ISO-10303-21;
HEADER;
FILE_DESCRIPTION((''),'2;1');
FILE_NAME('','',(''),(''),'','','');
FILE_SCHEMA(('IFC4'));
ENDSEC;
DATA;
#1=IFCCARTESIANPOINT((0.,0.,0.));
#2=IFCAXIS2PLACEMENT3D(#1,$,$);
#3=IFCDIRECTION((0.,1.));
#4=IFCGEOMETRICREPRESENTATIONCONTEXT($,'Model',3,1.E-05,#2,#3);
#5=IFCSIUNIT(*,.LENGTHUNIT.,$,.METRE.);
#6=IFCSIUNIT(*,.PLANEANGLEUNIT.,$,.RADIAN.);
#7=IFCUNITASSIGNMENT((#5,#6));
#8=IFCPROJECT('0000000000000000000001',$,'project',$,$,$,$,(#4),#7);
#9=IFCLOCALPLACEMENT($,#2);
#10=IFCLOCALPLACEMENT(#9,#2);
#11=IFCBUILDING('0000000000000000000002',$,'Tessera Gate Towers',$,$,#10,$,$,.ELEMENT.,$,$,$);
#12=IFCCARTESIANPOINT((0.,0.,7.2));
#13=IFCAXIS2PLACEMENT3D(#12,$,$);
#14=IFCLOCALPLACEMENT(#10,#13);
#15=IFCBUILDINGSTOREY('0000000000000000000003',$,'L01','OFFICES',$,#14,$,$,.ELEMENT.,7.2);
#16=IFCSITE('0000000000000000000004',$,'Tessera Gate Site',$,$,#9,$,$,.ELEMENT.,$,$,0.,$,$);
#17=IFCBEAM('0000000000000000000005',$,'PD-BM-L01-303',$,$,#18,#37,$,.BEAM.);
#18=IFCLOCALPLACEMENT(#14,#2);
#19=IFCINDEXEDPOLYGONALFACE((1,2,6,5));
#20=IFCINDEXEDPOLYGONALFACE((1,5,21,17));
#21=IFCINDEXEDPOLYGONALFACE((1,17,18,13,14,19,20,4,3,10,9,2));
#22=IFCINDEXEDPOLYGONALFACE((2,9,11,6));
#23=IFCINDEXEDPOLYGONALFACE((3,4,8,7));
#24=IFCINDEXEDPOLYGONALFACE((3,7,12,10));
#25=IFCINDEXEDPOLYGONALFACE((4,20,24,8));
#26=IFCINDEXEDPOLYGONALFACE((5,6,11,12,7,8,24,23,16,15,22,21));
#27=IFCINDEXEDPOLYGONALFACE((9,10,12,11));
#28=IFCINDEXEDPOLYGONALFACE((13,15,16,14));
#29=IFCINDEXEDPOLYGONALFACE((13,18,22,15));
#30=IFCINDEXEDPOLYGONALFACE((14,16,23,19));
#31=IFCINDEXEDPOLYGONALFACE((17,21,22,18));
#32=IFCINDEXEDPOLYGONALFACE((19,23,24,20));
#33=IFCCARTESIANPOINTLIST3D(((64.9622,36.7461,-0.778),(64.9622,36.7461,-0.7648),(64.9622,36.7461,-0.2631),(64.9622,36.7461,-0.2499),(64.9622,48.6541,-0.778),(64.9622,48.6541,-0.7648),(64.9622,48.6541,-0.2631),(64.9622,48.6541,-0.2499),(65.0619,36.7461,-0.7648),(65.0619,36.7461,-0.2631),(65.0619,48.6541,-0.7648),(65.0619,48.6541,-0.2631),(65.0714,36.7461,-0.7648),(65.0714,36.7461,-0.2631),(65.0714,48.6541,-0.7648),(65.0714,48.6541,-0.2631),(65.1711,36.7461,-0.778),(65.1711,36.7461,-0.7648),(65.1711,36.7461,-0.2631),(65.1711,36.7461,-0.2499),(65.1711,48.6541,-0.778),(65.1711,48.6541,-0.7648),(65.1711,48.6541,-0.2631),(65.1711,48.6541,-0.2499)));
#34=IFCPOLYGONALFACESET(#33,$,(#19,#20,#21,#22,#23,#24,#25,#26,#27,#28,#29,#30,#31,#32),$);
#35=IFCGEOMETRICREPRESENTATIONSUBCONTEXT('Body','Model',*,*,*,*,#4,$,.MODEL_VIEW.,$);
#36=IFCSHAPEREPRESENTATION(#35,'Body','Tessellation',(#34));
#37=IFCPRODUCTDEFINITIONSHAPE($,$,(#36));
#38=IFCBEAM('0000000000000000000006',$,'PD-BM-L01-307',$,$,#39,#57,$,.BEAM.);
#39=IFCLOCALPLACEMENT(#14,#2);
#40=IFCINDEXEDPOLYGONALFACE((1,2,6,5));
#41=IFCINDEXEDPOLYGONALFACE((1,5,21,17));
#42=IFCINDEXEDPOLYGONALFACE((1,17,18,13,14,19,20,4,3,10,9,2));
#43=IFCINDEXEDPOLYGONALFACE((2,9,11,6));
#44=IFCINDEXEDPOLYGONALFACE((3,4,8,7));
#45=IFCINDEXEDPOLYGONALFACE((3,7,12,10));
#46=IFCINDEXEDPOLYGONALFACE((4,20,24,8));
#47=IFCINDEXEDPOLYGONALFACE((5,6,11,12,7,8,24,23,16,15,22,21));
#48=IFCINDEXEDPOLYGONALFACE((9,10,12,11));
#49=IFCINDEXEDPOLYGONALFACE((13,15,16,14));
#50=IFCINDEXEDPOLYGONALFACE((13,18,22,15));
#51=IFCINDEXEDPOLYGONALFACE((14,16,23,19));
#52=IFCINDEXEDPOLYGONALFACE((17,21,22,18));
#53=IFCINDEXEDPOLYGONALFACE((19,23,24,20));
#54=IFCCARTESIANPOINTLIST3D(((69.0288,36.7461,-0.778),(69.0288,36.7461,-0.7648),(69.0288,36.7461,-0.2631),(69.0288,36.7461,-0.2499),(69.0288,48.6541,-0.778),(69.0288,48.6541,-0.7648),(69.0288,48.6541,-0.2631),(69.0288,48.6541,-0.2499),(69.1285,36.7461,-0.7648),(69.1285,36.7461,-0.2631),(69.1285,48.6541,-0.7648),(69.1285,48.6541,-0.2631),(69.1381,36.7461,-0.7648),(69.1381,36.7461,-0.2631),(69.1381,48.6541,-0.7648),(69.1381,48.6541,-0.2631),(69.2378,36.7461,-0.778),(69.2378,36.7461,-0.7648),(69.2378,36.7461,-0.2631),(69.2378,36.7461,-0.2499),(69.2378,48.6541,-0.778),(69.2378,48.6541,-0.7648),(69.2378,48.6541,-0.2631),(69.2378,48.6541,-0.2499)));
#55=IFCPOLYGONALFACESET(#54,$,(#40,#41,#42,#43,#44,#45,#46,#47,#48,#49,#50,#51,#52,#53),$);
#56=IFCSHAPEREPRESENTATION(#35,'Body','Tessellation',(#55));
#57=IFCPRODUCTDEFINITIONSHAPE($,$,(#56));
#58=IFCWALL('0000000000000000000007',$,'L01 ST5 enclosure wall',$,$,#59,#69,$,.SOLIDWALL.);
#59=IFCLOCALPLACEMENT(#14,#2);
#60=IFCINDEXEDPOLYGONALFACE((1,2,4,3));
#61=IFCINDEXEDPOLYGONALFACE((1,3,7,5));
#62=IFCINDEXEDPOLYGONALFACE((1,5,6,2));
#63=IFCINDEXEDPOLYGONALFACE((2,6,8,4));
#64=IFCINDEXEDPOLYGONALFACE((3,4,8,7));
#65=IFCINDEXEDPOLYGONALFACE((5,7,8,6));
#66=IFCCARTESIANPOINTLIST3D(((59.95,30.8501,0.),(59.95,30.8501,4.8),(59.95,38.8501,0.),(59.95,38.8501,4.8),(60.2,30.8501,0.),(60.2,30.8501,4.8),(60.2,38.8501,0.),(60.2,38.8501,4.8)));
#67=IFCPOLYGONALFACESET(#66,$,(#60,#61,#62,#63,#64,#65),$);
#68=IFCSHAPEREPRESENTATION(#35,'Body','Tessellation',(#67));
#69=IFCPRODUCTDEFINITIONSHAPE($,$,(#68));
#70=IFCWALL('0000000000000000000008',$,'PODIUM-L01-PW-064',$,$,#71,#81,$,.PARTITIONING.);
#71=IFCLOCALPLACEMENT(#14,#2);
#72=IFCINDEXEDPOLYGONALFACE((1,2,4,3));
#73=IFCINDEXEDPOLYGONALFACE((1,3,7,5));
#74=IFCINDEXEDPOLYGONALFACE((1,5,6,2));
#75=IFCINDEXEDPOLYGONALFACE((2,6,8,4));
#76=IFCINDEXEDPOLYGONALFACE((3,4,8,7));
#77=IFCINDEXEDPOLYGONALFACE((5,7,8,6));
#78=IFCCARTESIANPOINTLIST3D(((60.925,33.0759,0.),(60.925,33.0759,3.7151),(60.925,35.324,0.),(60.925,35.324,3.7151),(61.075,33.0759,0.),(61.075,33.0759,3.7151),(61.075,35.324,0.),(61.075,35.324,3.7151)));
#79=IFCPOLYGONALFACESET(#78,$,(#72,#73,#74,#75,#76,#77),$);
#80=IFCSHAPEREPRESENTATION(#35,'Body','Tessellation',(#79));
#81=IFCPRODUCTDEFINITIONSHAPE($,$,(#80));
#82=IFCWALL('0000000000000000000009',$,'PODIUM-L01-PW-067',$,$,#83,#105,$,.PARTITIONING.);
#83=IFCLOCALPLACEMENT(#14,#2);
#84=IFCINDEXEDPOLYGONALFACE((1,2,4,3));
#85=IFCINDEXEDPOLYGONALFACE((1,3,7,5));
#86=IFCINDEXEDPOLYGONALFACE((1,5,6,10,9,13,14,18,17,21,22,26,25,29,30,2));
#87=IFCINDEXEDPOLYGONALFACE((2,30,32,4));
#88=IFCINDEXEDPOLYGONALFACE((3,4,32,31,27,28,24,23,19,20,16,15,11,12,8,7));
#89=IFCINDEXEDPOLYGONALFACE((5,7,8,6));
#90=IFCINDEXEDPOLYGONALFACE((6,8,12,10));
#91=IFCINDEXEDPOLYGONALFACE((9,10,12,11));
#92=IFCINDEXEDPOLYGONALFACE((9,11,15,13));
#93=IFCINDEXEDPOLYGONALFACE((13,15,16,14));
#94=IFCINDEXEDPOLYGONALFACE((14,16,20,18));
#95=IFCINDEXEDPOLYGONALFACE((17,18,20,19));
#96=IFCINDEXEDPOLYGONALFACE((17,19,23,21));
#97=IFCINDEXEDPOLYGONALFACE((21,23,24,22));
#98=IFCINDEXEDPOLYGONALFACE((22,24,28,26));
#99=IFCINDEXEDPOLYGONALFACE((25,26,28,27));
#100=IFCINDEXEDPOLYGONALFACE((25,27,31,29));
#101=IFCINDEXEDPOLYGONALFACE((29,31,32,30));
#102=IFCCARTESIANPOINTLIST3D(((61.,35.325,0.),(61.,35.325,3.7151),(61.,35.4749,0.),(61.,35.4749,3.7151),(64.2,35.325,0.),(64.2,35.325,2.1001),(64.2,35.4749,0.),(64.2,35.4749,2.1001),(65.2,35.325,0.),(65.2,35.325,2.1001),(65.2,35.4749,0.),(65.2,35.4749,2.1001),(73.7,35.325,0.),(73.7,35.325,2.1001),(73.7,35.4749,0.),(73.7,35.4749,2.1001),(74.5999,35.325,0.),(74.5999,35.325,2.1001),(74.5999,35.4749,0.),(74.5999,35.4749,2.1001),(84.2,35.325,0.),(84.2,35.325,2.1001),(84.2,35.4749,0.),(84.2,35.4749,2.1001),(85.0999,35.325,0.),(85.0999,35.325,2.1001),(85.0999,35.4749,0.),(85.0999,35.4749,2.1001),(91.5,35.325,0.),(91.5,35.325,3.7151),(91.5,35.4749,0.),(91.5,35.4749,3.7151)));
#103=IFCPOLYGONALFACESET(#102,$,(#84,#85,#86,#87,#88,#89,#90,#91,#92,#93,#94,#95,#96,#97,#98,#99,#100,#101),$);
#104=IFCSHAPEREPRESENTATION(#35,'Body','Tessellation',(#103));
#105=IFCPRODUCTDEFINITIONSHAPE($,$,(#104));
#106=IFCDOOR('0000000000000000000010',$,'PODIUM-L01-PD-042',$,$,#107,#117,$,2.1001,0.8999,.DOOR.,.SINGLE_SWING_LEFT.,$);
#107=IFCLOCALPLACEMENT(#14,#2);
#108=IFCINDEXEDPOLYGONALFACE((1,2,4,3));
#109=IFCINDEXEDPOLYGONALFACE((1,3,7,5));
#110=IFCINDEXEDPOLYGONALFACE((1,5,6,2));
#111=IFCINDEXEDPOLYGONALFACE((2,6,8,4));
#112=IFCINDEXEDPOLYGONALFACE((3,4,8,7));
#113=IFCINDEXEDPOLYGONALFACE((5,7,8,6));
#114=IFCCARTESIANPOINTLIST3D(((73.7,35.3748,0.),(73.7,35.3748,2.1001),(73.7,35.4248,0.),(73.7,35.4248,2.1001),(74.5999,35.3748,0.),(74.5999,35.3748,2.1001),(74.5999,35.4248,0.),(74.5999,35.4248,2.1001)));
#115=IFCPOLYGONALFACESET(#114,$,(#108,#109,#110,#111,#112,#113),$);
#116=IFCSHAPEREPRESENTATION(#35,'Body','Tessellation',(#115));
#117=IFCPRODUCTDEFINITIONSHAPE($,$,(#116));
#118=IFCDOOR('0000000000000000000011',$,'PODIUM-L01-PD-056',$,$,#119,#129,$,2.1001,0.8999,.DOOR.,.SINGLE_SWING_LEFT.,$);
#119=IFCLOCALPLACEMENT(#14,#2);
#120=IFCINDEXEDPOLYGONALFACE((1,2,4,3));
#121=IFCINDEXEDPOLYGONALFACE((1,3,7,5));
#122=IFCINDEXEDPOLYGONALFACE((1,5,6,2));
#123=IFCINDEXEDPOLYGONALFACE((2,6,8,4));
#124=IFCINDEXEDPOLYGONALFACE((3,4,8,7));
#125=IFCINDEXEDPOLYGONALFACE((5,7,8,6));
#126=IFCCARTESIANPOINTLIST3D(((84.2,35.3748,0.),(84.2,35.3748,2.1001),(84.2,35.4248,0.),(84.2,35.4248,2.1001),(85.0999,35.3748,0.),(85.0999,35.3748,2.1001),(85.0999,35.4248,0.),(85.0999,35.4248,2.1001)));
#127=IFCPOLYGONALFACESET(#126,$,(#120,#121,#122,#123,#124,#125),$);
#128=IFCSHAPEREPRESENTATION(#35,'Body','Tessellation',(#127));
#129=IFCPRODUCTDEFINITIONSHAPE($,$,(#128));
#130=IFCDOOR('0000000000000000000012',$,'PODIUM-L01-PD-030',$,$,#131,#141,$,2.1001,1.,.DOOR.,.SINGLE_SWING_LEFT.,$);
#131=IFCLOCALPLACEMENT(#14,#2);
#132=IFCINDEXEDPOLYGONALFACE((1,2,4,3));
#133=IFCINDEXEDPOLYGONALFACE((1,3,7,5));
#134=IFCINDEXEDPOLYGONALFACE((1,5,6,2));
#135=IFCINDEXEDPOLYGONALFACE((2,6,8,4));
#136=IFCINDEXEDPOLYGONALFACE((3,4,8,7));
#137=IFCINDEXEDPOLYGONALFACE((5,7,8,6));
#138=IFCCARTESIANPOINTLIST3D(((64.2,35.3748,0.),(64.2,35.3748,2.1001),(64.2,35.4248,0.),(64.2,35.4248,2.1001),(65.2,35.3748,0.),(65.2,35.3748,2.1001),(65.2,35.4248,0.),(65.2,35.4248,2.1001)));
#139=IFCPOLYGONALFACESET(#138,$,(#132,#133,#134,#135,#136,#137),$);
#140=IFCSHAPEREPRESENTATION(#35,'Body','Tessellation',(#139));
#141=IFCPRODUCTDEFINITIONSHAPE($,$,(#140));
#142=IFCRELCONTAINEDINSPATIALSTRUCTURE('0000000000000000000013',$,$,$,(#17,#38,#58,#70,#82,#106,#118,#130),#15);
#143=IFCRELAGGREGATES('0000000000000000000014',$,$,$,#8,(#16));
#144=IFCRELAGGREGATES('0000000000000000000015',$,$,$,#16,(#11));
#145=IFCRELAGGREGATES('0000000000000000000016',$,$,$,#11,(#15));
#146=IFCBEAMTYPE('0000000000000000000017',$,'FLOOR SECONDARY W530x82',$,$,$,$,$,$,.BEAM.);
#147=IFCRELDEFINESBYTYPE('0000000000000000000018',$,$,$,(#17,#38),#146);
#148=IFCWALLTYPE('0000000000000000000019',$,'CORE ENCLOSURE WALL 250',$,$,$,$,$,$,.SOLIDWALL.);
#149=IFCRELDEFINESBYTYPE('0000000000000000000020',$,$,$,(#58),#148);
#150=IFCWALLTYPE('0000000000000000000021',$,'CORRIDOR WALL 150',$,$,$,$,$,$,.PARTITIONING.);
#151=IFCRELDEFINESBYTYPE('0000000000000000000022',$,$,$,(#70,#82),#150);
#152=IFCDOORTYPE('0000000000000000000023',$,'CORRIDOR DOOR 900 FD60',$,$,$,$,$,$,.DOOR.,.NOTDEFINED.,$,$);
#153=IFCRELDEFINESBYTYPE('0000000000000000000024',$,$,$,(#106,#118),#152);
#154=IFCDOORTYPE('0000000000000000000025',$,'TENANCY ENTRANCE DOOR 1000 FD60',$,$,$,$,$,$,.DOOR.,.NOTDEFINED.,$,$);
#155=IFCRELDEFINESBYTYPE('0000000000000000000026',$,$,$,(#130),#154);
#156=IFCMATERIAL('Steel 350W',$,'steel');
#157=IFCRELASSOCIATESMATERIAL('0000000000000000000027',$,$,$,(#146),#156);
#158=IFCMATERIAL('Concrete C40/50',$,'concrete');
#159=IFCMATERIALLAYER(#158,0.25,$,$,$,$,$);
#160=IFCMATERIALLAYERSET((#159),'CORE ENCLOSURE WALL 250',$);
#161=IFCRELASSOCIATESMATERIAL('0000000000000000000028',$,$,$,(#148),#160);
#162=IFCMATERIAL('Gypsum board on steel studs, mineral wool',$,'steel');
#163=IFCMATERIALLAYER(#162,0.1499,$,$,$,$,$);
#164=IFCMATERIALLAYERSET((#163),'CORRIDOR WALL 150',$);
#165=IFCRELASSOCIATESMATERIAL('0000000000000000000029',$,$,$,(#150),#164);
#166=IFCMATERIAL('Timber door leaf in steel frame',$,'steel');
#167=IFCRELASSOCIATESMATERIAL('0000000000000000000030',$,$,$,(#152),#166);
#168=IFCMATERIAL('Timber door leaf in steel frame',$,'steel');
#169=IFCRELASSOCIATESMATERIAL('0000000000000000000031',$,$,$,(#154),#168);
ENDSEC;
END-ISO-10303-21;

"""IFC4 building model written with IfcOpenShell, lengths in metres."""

from ifc_helpers import new_model, si_unit, direction, frame, frame_2d, origin, origin_2d, place, context, subcontext, project, spatial, rectangle, i_section, extrude, source, transform, mapped, material, layer, layer_set, material_profile, profile_set, type_object, element, fill, save


model = new_model("IFC4")

# Units and contexts
model_context = context("Model", 3, precision=1e-05, world=origin(), true_north=direction((0.0, 1.0)))
body_context = subcontext(model_context, "Body", "Model", "MODEL_VIEW")
ifc_project = project(units=[si_unit("LENGTHUNIT", "METRE"), si_unit("PLANEANGLEUNIT", "RADIAN")], contexts=[model_context])

# Site, building, storey
site_placement = place(None, origin())
site = spatial("IfcSite", under=ifc_project, at=site_placement, Name="Tessera Gate Site", CompositionType="ELEMENT", RefElevation=0.0)
building_placement = place(site_placement, origin())
building = spatial("IfcBuilding", under=site, at=building_placement, Name="Tessera Gate Towers", CompositionType="ELEMENT")
storey_placement = place(building_placement, frame((0.0, 0.0, 7.2)))
storey = spatial("IfcBuildingStorey", under=building, at=storey_placement, Name="L01", Description="OFFICES", CompositionType="ELEMENT", Elevation=7.2)

# Beams
ifc_material_1 = material(Name="Steel 350W", Category="steel")
ifc_material_profile_1 = material_profile(ifc_material_1, i_section(OverallWidth=0.209, OverallDepth=0.5281, WebThickness=0.0095, FlangeThickness=0.0132, at=origin_2d()), Name="W530x82")
ifc_profile_set_1 = profile_set([ifc_material_profile_1], Name="Steel 350W")
beam_type_1 = type_object("IfcBeamType", Name="FLOOR SECONDARY W530x82", PredefinedType="BEAM", material=ifc_profile_set_1)
for number, where, z_axis, x_axis, name in (
    (1, (65.0667, 36.7461, -0.5139), (0.0, 1.0, 0.0), (-1.0, 0.0, 0.0), "PD-BM-L01-303"),
    (2, (69.1333, 36.7461, -0.5139), (0.0, 1.0, 0.0), (-1.0, 0.0, 0.0), "PD-BM-L01-307"),
):
    element("IfcBeam", number, at=place(storey_placement, frame(where, z_axis=z_axis, x_axis=x_axis)), inside=storey, type_object=beam_type_1, Name=name, PredefinedType="BEAM", context=body_context, shape_type="SweptSolid", body=[
        extrude(i_section(OverallWidth=0.209, OverallDepth=0.5281, WebThickness=0.0095, FlangeThickness=0.0132, at=origin_2d()), origin(), (0.0, 0.0, 1.0), 11.908),
    ])

# Walls
ifc_material_2 = material(Name="Concrete C40/50", Category="concrete")
ifc_layer_1 = layer(ifc_material_2, 0.25)
ifc_layer_set_1 = layer_set([ifc_layer_1], Name="CORE ENCLOSURE WALL 250")
wall_type_1 = type_object("IfcWallType", Name="CORE ENCLOSURE WALL 250", PredefinedType="SOLIDWALL", material=ifc_layer_set_1)
wall_1_placement = place(storey_placement, frame((60.075, 38.8501, 0.0), z_axis=(0.0, 0.0, 1.0), x_axis=(0.0, -1.0, 0.0)))
element("IfcWall", 3, at=wall_1_placement, inside=storey, type_object=wall_type_1, Name="L01 ST5 enclosure wall", PredefinedType="SOLIDWALL", context=body_context, shape_type="SweptSolid", body=[
    extrude(rectangle(XDim=8.0, YDim=0.25, at=frame_2d((4.0, 0.0))), origin(), (0.0, 0.0, 1.0), 4.8),
])
ifc_material_3 = material(Name="Gypsum board on steel studs, mineral wool", Category="steel")
ifc_layer_2 = layer(ifc_material_3, 0.1499)
ifc_layer_set_2 = layer_set([ifc_layer_2], Name="CORRIDOR WALL 150")
wall_type_2 = type_object("IfcWallType", Name="CORRIDOR WALL 150", PredefinedType="PARTITIONING", material=ifc_layer_set_2)
wall_2_placement = place(storey_placement, frame((61.0, 33.0759, 0.0), z_axis=(0.0, 0.0, 1.0), x_axis=(0.0, 1.0, 0.0)))
element("IfcWall", 4, at=wall_2_placement, inside=storey, type_object=wall_type_2, Name="PODIUM-L01-PW-064", PredefinedType="PARTITIONING", context=body_context, shape_type="SweptSolid", body=[
    extrude(rectangle(XDim=2.248, YDim=0.1499, at=frame_2d((1.124, 0.0))), origin(), (0.0, 0.0, 1.0), 3.7151),
])

# Wall, openings, doors
wall_3_placement = place(storey_placement, frame((61.0, 35.3999, 0.0), z_axis=(0.0, 0.0, 1.0), x_axis=(1.0, 0.0, 0.0)))
wall_3 = element("IfcWall", 5, at=wall_3_placement, inside=storey, type_object=wall_type_2, Name="PODIUM-L01-PW-067", PredefinedType="PARTITIONING", context=body_context, shape_type="SweptSolid", body=[
    extrude(rectangle(XDim=30.5, YDim=0.1499, at=frame_2d((15.25, 0.0))), origin(), (0.0, 0.0, 1.0), 3.7151),
])
shared_shape_1 = source(origin(), body_context, "Body", "SweptSolid", [
    extrude(rectangle(XDim=1.0, YDim=2.1001, at=frame_2d((0.5, 1.05))), frame((0.0, 0.085, 0.0), z_axis=(0.0, -1.0, 0.0), x_axis=(1.0, 0.0, 0.0)), (0.0, 0.0, 1.0), 0.1699),
])
opening_1_placement = place(wall_3_placement, frame((3.2, 0.0, 0.0)))
opening_1 = element("IfcOpeningElement", 6, at=opening_1_placement, cuts=wall_3, PredefinedType="OPENING", context=body_context, shape_type="MappedRepresentation", body=[
    mapped(shared_shape_1, transform((0.0, 0.0, 0.0), scale=1.0)),
])
shared_shape_2 = source(origin(), body_context, "Body", "SweptSolid", [
    extrude(rectangle(XDim=0.8999, YDim=2.1001, at=frame_2d((0.45, 1.05))), frame((0.0, 0.085, 0.0), z_axis=(0.0, -1.0, 0.0), x_axis=(1.0, 0.0, 0.0)), (0.0, 0.0, 1.0), 0.1699),
])
opening_2_placement = place(wall_3_placement, frame((12.7, 0.0, 0.0)))
opening_2 = element("IfcOpeningElement", 7, at=opening_2_placement, cuts=wall_3, PredefinedType="OPENING", context=body_context, shape_type="MappedRepresentation", body=[
    mapped(shared_shape_2, transform((0.0, 0.0, 0.0), scale=1.0)),
])
opening_3_placement = place(wall_3_placement, frame((23.2, 0.0, 0.0)))
opening_3 = element("IfcOpeningElement", 8, at=opening_3_placement, cuts=wall_3, PredefinedType="OPENING", context=body_context, shape_type="MappedRepresentation", body=[
    mapped(shared_shape_2, transform((0.0, 0.0, 0.0), scale=1.0)),
])
ifc_material_4 = material(Name="Timber door leaf in steel frame", Category="steel")
door_type_1 = type_object("IfcDoorType", Name="CORRIDOR DOOR 900 FD60", OperationType="NOTDEFINED", PredefinedType="DOOR", material=ifc_material_4)
shared_shape_3 = source(origin(), body_context, "Body", "SweptSolid", [
    extrude(rectangle(XDim=0.8999, YDim=2.1001, at=frame_2d((0.45, 1.05))), frame((0.0, 0.0249, 0.0), z_axis=(0.0, -1.0, 0.0), x_axis=(1.0, 0.0, 0.0)), (0.0, 0.0, 1.0), 0.05),
])
door_1_placement = place(opening_2_placement, origin())
door_1 = element("IfcDoor", 9, at=door_1_placement, inside=storey, type_object=door_type_1, Name="PODIUM-L01-PD-042", OperationType="SINGLE_SWING_LEFT", OverallHeight=2.1001, OverallWidth=0.8999, PredefinedType="DOOR", context=body_context, shape_type="MappedRepresentation", body=[
    mapped(shared_shape_3, transform((0.0, 0.0, 0.0), scale=1.0)),
])
fill(opening_2, door_1)
door_2_placement = place(opening_3_placement, origin())
door_2 = element("IfcDoor", 10, at=door_2_placement, inside=storey, type_object=door_type_1, Name="PODIUM-L01-PD-056", OperationType="SINGLE_SWING_LEFT", OverallHeight=2.1001, OverallWidth=0.8999, PredefinedType="DOOR", context=body_context, shape_type="MappedRepresentation", body=[
    mapped(shared_shape_3, transform((0.0, 0.0, 0.0), scale=1.0)),
])
fill(opening_3, door_2)
ifc_material_5 = material(Name="Timber door leaf in steel frame", Category="steel")
door_type_2 = type_object("IfcDoorType", Name="TENANCY ENTRANCE DOOR 1000 FD60", OperationType="NOTDEFINED", PredefinedType="DOOR", material=ifc_material_5)
shared_shape_4 = source(origin(), body_context, "Body", "SweptSolid", [
    extrude(rectangle(XDim=1.0, YDim=2.1001, at=frame_2d((0.5, 1.05))), frame((0.0, 0.0249, 0.0), z_axis=(0.0, -1.0, 0.0), x_axis=(1.0, 0.0, 0.0)), (0.0, 0.0, 1.0), 0.05),
])
door_3_placement = place(opening_1_placement, origin())
door_3 = element("IfcDoor", 11, at=door_3_placement, inside=storey, type_object=door_type_2, Name="PODIUM-L01-PD-030", OperationType="SINGLE_SWING_LEFT", OverallHeight=2.1001, OverallWidth=1.0, PredefinedType="DOOR", context=body_context, shape_type="MappedRepresentation", body=[
    mapped(shared_shape_4, transform((0.0, 0.0, 0.0), scale=1.0)),
])
fill(opening_1, door_3)

save(model, "model.ifc")
